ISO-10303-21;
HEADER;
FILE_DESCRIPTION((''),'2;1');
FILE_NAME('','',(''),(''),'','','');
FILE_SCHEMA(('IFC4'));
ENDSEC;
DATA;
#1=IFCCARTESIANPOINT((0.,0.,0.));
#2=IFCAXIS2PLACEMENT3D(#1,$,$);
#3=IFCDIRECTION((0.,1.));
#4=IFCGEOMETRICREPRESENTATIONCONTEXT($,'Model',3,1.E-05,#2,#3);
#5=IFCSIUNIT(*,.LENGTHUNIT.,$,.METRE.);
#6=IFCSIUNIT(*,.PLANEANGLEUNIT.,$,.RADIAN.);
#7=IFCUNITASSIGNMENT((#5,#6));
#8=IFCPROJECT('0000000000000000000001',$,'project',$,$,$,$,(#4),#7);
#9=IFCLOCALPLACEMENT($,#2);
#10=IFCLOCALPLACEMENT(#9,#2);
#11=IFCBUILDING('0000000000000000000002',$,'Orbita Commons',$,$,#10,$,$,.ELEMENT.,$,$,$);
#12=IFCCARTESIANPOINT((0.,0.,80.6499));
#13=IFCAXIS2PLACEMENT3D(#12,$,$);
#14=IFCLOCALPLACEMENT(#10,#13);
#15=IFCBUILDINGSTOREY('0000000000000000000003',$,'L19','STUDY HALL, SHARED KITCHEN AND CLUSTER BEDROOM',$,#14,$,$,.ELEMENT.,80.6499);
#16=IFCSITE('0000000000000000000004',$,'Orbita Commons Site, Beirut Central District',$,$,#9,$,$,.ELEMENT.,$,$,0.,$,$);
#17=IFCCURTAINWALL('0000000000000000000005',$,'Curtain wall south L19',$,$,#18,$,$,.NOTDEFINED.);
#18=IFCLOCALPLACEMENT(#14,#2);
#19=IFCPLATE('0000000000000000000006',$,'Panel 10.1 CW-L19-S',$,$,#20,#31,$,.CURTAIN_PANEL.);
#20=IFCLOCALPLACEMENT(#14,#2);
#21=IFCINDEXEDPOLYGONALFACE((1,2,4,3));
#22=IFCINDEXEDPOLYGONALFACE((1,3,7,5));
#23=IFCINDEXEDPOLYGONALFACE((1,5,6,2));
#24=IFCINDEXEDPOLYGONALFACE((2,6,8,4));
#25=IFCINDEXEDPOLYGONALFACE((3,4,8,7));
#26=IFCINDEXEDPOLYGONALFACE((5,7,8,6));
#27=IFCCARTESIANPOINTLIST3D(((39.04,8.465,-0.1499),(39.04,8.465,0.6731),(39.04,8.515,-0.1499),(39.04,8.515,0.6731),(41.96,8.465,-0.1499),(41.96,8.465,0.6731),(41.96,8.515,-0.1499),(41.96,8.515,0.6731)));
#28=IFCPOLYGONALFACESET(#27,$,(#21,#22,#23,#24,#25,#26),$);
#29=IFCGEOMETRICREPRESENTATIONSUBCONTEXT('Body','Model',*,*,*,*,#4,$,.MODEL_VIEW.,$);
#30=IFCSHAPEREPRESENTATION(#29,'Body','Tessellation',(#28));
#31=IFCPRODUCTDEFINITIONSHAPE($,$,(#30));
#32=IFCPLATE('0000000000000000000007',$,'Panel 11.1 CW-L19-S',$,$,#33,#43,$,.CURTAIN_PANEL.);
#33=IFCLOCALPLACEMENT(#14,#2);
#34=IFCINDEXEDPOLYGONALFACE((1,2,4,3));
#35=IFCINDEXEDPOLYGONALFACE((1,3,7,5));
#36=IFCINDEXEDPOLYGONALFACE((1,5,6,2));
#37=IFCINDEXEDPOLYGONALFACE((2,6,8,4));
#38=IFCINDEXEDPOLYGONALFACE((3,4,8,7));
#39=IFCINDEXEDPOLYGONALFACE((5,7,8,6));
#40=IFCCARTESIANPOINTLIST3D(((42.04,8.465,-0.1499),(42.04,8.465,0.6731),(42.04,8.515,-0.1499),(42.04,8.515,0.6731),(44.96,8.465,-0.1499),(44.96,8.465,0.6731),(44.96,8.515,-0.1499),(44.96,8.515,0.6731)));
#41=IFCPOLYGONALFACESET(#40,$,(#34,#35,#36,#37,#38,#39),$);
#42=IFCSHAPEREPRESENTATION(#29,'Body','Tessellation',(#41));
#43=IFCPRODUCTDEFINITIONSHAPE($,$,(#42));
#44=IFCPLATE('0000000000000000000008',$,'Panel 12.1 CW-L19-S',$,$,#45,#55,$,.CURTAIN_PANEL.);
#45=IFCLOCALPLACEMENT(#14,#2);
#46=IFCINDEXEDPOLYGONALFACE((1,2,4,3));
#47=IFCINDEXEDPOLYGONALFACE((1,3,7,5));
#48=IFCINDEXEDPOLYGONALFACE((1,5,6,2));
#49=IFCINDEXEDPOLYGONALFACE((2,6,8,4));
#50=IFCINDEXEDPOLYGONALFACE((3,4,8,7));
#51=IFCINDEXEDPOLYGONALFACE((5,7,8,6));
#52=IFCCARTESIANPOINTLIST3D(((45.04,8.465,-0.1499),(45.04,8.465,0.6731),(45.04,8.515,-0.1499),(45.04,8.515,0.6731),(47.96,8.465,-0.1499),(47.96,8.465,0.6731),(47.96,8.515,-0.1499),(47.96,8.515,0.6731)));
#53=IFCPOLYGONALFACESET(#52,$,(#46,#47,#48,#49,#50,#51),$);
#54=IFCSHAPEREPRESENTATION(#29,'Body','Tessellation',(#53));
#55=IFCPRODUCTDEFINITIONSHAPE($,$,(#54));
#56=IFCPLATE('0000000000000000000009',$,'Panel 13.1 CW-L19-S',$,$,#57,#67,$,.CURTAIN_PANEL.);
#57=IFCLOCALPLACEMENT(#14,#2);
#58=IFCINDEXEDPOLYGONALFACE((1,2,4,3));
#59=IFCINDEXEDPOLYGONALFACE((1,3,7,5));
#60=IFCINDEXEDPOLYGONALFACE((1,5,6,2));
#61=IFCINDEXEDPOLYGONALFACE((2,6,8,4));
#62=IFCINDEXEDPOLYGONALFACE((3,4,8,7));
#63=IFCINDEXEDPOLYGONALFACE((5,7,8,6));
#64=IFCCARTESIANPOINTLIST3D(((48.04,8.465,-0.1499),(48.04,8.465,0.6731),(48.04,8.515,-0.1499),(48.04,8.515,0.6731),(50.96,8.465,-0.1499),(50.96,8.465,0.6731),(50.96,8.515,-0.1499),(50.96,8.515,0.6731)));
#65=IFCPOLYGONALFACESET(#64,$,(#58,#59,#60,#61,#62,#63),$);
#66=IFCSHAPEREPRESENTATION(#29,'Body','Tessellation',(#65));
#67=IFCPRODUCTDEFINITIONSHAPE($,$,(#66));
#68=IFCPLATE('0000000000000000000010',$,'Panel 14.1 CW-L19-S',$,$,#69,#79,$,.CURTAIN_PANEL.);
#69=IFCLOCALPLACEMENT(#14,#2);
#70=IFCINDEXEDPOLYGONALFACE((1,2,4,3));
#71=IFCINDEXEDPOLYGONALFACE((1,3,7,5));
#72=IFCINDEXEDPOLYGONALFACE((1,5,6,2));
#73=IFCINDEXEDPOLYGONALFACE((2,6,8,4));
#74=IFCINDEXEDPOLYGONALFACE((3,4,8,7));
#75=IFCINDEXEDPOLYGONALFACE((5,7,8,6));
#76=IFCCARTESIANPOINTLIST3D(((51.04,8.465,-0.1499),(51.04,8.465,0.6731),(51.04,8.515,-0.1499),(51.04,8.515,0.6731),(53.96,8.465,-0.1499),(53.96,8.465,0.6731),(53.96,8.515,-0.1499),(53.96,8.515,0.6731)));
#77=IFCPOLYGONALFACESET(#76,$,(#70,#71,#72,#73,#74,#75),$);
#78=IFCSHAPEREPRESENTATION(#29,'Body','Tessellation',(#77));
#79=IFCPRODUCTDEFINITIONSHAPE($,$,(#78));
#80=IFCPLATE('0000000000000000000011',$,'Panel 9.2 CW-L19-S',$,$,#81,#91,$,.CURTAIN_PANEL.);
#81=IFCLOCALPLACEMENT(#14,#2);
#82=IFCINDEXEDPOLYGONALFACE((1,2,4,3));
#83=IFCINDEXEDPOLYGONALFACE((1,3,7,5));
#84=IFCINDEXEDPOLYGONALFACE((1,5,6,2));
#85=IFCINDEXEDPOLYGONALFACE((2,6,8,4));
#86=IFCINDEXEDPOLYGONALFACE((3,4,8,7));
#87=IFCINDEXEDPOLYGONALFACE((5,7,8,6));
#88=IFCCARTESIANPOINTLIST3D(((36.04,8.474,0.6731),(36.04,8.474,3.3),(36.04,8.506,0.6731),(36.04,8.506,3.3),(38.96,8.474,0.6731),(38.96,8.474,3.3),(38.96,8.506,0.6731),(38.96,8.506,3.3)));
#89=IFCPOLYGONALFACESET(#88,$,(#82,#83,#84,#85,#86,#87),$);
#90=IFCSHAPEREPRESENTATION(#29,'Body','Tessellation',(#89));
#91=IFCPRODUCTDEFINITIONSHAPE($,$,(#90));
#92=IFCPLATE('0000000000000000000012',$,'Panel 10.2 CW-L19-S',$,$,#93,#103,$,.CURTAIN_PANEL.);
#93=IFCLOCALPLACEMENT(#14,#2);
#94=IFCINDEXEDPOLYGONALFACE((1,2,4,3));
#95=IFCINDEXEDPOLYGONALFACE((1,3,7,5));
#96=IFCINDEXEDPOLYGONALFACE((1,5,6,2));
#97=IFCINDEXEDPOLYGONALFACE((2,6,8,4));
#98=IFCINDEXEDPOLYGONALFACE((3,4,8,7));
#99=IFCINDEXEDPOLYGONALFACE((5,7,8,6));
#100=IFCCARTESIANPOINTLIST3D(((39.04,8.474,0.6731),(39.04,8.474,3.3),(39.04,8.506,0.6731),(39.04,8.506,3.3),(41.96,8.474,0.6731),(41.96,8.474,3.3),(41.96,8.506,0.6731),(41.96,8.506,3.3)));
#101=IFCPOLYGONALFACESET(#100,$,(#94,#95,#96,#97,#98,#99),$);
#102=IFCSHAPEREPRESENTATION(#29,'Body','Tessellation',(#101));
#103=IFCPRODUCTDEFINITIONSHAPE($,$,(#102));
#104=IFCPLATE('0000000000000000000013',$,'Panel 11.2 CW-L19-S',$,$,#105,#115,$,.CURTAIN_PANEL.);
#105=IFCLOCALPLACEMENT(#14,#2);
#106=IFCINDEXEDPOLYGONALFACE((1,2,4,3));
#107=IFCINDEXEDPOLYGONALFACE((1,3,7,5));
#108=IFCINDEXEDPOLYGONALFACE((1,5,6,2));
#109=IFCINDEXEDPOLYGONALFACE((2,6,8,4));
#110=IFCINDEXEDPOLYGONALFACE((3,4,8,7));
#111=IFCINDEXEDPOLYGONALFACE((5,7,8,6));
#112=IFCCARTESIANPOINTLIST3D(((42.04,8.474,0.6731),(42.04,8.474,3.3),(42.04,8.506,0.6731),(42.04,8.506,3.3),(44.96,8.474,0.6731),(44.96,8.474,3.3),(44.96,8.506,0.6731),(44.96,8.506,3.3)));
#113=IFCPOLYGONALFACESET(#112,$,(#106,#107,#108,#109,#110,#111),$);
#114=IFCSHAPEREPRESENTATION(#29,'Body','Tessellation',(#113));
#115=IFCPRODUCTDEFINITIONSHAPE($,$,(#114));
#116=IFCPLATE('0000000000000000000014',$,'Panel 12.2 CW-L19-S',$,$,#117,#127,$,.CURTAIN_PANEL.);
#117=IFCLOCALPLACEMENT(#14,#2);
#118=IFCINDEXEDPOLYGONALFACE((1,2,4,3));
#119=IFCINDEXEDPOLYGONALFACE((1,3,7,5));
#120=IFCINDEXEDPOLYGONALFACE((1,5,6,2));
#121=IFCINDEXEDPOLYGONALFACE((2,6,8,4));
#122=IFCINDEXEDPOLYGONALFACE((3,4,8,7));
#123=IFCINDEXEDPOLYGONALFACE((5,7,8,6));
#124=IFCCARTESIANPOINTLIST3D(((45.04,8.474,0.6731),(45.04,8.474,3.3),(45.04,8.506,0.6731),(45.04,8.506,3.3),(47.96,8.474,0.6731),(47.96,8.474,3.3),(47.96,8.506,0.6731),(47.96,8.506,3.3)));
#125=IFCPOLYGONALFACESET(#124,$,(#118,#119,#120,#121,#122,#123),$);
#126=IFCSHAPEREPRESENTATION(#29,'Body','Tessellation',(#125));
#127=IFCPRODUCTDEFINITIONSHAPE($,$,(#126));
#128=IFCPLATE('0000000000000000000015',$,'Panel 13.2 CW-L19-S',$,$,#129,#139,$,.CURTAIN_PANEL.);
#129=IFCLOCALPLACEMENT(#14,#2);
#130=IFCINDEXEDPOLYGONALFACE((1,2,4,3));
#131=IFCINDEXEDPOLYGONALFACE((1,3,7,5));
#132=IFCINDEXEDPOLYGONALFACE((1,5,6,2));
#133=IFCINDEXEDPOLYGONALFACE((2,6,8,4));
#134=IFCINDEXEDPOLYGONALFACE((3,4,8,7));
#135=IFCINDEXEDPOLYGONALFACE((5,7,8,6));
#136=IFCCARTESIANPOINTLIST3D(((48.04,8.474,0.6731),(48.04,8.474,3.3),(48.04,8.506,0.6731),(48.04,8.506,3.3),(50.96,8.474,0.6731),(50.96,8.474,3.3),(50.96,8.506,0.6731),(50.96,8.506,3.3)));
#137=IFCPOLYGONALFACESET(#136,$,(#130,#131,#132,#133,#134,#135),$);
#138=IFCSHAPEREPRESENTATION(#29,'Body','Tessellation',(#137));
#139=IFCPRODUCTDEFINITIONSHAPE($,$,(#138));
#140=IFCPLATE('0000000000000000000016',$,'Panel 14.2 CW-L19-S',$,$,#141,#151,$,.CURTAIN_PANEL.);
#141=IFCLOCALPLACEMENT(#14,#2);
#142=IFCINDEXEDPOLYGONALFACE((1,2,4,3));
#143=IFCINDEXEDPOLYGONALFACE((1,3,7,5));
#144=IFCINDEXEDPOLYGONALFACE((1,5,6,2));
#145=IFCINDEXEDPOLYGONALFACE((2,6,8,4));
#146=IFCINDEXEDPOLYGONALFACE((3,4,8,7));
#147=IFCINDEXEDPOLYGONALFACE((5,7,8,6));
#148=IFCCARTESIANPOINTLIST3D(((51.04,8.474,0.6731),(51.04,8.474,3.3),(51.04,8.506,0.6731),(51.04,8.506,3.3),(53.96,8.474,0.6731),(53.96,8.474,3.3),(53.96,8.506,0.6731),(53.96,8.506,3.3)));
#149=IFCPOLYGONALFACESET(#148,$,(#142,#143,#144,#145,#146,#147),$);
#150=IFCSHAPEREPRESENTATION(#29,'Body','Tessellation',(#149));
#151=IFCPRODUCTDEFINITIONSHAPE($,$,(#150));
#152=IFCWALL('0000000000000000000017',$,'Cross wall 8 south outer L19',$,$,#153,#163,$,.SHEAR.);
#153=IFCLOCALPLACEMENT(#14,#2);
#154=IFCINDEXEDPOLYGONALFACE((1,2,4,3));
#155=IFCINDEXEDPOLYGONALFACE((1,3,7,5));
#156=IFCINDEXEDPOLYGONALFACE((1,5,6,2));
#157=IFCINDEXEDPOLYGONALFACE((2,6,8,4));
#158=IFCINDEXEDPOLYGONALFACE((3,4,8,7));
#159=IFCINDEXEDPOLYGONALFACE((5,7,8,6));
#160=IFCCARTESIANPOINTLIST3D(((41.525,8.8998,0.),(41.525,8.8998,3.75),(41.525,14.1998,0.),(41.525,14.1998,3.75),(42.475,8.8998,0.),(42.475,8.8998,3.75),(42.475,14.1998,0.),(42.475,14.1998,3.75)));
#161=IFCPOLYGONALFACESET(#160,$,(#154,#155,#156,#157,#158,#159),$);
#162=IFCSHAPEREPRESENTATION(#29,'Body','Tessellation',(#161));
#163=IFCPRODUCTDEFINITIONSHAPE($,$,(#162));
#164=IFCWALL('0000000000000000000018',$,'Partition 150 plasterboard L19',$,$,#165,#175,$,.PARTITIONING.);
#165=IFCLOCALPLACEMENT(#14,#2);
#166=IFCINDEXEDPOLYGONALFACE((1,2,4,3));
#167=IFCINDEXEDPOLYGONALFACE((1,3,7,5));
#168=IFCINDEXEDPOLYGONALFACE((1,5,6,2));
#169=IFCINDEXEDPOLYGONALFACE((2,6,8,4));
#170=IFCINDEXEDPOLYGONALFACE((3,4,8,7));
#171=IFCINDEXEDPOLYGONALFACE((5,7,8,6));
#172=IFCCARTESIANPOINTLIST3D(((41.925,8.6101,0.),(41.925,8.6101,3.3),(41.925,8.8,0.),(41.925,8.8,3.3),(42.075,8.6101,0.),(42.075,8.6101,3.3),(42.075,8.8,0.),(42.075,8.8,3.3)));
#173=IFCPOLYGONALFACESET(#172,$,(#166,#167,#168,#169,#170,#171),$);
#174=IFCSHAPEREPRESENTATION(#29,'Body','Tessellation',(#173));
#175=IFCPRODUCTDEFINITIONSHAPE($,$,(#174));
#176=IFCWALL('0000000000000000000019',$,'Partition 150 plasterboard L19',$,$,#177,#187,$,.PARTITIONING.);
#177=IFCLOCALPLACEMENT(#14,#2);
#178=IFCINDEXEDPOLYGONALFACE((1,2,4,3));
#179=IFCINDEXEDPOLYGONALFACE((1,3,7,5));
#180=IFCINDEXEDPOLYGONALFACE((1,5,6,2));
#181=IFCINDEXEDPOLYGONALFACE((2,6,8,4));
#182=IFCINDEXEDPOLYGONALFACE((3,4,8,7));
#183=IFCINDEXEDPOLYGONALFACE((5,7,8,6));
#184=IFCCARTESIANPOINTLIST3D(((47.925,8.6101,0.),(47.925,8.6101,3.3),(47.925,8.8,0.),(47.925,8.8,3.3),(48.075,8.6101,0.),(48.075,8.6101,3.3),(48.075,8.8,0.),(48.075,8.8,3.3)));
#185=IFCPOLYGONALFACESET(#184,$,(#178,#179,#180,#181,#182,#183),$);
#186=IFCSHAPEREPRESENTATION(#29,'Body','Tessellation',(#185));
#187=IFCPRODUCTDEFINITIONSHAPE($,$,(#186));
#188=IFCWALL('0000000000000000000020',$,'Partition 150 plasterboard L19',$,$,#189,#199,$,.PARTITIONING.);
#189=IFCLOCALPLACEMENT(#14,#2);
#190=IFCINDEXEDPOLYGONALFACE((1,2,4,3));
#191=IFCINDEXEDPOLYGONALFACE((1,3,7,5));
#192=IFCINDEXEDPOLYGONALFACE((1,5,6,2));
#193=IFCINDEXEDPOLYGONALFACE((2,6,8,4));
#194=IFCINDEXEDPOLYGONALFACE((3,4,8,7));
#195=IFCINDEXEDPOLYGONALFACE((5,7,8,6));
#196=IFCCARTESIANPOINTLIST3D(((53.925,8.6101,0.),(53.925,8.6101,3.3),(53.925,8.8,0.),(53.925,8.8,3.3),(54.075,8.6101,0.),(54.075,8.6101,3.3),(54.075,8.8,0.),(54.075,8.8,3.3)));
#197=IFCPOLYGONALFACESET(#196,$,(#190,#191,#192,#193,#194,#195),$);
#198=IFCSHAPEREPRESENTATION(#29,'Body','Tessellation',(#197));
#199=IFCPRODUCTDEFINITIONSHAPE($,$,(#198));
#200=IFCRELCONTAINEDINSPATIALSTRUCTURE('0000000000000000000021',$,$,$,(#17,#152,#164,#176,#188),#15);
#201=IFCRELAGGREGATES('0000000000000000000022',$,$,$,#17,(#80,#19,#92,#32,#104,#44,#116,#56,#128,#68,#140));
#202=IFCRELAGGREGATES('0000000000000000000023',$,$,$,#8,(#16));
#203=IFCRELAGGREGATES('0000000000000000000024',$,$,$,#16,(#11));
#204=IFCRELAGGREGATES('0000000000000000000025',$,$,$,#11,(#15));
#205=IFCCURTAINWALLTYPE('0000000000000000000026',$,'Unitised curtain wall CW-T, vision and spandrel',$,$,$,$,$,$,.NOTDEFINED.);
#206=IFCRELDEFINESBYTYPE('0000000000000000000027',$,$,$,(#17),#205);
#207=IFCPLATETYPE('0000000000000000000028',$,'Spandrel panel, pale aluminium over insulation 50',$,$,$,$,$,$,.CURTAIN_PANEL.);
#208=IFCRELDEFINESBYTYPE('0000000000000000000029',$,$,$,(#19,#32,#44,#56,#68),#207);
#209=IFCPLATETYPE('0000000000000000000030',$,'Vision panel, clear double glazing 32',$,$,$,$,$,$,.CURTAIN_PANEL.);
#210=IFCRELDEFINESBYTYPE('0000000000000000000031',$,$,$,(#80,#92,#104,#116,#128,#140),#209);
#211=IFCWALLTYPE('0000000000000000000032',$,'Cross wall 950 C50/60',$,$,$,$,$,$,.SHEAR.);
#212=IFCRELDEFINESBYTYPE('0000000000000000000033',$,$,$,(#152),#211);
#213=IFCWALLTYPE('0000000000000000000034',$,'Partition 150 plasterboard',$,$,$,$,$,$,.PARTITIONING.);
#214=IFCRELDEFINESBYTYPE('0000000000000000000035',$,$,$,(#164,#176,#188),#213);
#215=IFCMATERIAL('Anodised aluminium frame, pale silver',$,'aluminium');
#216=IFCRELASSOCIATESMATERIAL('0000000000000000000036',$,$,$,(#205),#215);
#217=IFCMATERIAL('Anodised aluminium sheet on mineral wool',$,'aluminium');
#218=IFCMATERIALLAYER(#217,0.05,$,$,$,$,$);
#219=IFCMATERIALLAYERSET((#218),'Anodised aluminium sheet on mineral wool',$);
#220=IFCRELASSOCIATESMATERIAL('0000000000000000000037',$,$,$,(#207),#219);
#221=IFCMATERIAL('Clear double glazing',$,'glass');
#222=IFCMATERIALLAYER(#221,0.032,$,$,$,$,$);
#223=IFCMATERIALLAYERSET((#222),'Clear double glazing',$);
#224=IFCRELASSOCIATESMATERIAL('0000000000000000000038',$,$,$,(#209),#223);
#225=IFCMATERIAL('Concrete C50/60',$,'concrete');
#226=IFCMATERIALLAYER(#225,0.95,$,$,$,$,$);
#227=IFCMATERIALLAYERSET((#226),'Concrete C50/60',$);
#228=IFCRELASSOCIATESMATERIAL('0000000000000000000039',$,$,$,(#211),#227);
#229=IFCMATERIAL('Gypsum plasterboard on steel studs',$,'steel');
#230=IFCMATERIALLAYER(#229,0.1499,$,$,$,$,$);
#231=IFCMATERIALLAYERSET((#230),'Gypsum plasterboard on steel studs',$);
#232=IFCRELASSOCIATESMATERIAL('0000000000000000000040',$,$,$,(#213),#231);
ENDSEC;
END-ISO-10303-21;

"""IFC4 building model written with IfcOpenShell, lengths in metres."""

from ifc_helpers import new_model, si_unit, direction, frame, frame_2d, origin, origin_2d, place, context, subcontext, project, spatial, rectangle, extrude, material, layer, layer_set, type_object, element, aggregate, save


model = new_model("IFC4")

# Units and contexts
model_context = context("Model", 3, precision=1e-05, world=origin(), true_north=direction((0.0, 1.0)))
body_context = subcontext(model_context, "Body", "Model", "MODEL_VIEW")
ifc_project = project(units=[si_unit("LENGTHUNIT", "METRE"), si_unit("PLANEANGLEUNIT", "RADIAN")], contexts=[model_context])

# Site, building, storey
site_placement = place(None, origin())
site = spatial("IfcSite", under=ifc_project, at=site_placement, Name="Orbita Commons Site, Beirut Central District", CompositionType="ELEMENT", RefElevation=0.0)
building_placement = place(site_placement, origin())
building = spatial("IfcBuilding", under=site, at=building_placement, Name="Orbita Commons", CompositionType="ELEMENT")
storey_placement = place(building_placement, frame((0.0, 0.0, 80.6499)))
storey = spatial("IfcBuildingStorey", under=building, at=storey_placement, Name="L19", Description="STUDY HALL, SHARED KITCHEN AND CLUSTER BEDROOM", CompositionType="ELEMENT", Elevation=80.6499)

# Curtain wall, plates
ifc_material_1 = material(Name="Anodised aluminium frame, pale silver", Category="aluminium")
curtain_wall_type = type_object("IfcCurtainWallType", Name="Unitised curtain wall CW-T, vision and spandrel", PredefinedType="NOTDEFINED", material=ifc_material_1)
curtain_wall_placement = place(storey_placement, origin())
curtain_wall = element("IfcCurtainWall", 1, at=curtain_wall_placement, inside=storey, type_object=curtain_wall_type, Name="Curtain wall south L19", PredefinedType="NOTDEFINED")
ifc_material_2 = material(Name="Anodised aluminium sheet on mineral wool", Category="aluminium")
ifc_layer_1 = layer(ifc_material_2, 0.05)
ifc_layer_set_1 = layer_set([ifc_layer_1], Name="Anodised aluminium sheet on mineral wool")
plate_type_1 = type_object("IfcPlateType", Name="Spandrel panel, pale aluminium over insulation 50", PredefinedType="CURTAIN_PANEL", material=ifc_layer_set_1)
plate_1_placement = place(storey_placement, frame((40.5, 8.49, -0.1499), z_axis=(0.0, 0.0, 1.0), x_axis=(1.0, 0.0, 0.0)))
plate_1 = element("IfcPlate", 2, at=plate_1_placement, type_object=plate_type_1, Name="Panel 10.1 CW-L19-S", PredefinedType="CURTAIN_PANEL", context=body_context, shape_type="SweptSolid", body=[
    extrude(rectangle(XDim=2.9199, YDim=0.05, at=origin_2d()), origin(), (0.0, 0.0, 1.0), 0.823),
])
plate_2_placement = place(storey_placement, frame((43.5, 8.49, -0.1499), z_axis=(0.0, 0.0, 1.0), x_axis=(1.0, 0.0, 0.0)))
plate_2 = element("IfcPlate", 3, at=plate_2_placement, type_object=plate_type_1, Name="Panel 11.1 CW-L19-S", PredefinedType="CURTAIN_PANEL", context=body_context, shape_type="SweptSolid", body=[
    extrude(rectangle(XDim=2.9199, YDim=0.05, at=origin_2d()), origin(), (0.0, 0.0, 1.0), 0.823),
])
plate_3_placement = place(storey_placement, frame((46.5, 8.49, -0.1499), z_axis=(0.0, 0.0, 1.0), x_axis=(1.0, 0.0, 0.0)))
plate_3 = element("IfcPlate", 4, at=plate_3_placement, type_object=plate_type_1, Name="Panel 12.1 CW-L19-S", PredefinedType="CURTAIN_PANEL", context=body_context, shape_type="SweptSolid", body=[
    extrude(rectangle(XDim=2.9199, YDim=0.05, at=origin_2d()), origin(), (0.0, 0.0, 1.0), 0.823),
])
plate_4_placement = place(storey_placement, frame((49.5, 8.49, -0.1499), z_axis=(0.0, 0.0, 1.0), x_axis=(1.0, 0.0, 0.0)))
plate_4 = element("IfcPlate", 5, at=plate_4_placement, type_object=plate_type_1, Name="Panel 13.1 CW-L19-S", PredefinedType="CURTAIN_PANEL", context=body_context, shape_type="SweptSolid", body=[
    extrude(rectangle(XDim=2.9199, YDim=0.05, at=origin_2d()), origin(), (0.0, 0.0, 1.0), 0.823),
])
plate_5_placement = place(storey_placement, frame((52.5, 8.49, -0.1499), z_axis=(0.0, 0.0, 1.0), x_axis=(1.0, 0.0, 0.0)))
plate_5 = element("IfcPlate", 6, at=plate_5_placement, type_object=plate_type_1, Name="Panel 14.1 CW-L19-S", PredefinedType="CURTAIN_PANEL", context=body_context, shape_type="SweptSolid", body=[
    extrude(rectangle(XDim=2.9199, YDim=0.05, at=origin_2d()), origin(), (0.0, 0.0, 1.0), 0.823),
])
ifc_material_3 = material(Name="Clear double glazing", Category="glass")
ifc_layer_2 = layer(ifc_material_3, 0.032)
ifc_layer_set_2 = layer_set([ifc_layer_2], Name="Clear double glazing")
plate_type_2 = type_object("IfcPlateType", Name="Vision panel, clear double glazing 32", PredefinedType="CURTAIN_PANEL", material=ifc_layer_set_2)
plate_6_placement = place(storey_placement, frame((37.5, 8.49, 0.6731), z_axis=(0.0, 0.0, 1.0), x_axis=(1.0, 0.0, 0.0)))
plate_6 = element("IfcPlate", 7, at=plate_6_placement, type_object=plate_type_2, Name="Panel 9.2 CW-L19-S", PredefinedType="CURTAIN_PANEL", context=body_context, shape_type="SweptSolid", body=[
    extrude(rectangle(XDim=2.9199, YDim=0.032, at=origin_2d()), origin(), (0.0, 0.0, 1.0), 2.627),
])
plate_7_placement = place(storey_placement, frame((40.5, 8.49, 0.6731), z_axis=(0.0, 0.0, 1.0), x_axis=(1.0, 0.0, 0.0)))
plate_7 = element("IfcPlate", 8, at=plate_7_placement, type_object=plate_type_2, Name="Panel 10.2 CW-L19-S", PredefinedType="CURTAIN_PANEL", context=body_context, shape_type="SweptSolid", body=[
    extrude(rectangle(XDim=2.9199, YDim=0.032, at=origin_2d()), origin(), (0.0, 0.0, 1.0), 2.627),
])
plate_8_placement = place(storey_placement, frame((43.5, 8.49, 0.6731), z_axis=(0.0, 0.0, 1.0), x_axis=(1.0, 0.0, 0.0)))
plate_8 = element("IfcPlate", 9, at=plate_8_placement, type_object=plate_type_2, Name="Panel 11.2 CW-L19-S", PredefinedType="CURTAIN_PANEL", context=body_context, shape_type="SweptSolid", body=[
    extrude(rectangle(XDim=2.9199, YDim=0.032, at=origin_2d()), origin(), (0.0, 0.0, 1.0), 2.627),
])
plate_9_placement = place(storey_placement, frame((46.5, 8.49, 0.6731), z_axis=(0.0, 0.0, 1.0), x_axis=(1.0, 0.0, 0.0)))
plate_9 = element("IfcPlate", 10, at=plate_9_placement, type_object=plate_type_2, Name="Panel 12.2 CW-L19-S", PredefinedType="CURTAIN_PANEL", context=body_context, shape_type="SweptSolid", body=[
    extrude(rectangle(XDim=2.9199, YDim=0.032, at=origin_2d()), origin(), (0.0, 0.0, 1.0), 2.627),
])
plate_10_placement = place(storey_placement, frame((49.5, 8.49, 0.6731), z_axis=(0.0, 0.0, 1.0), x_axis=(1.0, 0.0, 0.0)))
plate_10 = element("IfcPlate", 11, at=plate_10_placement, type_object=plate_type_2, Name="Panel 13.2 CW-L19-S", PredefinedType="CURTAIN_PANEL", context=body_context, shape_type="SweptSolid", body=[
    extrude(rectangle(XDim=2.9199, YDim=0.032, at=origin_2d()), origin(), (0.0, 0.0, 1.0), 2.627),
])
plate_11_placement = place(storey_placement, frame((52.5, 8.49, 0.6731), z_axis=(0.0, 0.0, 1.0), x_axis=(1.0, 0.0, 0.0)))
plate_11 = element("IfcPlate", 12, at=plate_11_placement, type_object=plate_type_2, Name="Panel 14.2 CW-L19-S", PredefinedType="CURTAIN_PANEL", context=body_context, shape_type="SweptSolid", body=[
    extrude(rectangle(XDim=2.9199, YDim=0.032, at=origin_2d()), origin(), (0.0, 0.0, 1.0), 2.627),
])
aggregate(curtain_wall, [plate_6, plate_1, plate_7, plate_2, plate_8, plate_3, plate_9, plate_4, plate_10, plate_5, plate_11])

# Walls
ifc_material_4 = material(Name="Concrete C50/60", Category="concrete")
ifc_layer_3 = layer(ifc_material_4, 0.95)
ifc_layer_set_3 = layer_set([ifc_layer_3], Name="Concrete C50/60")
wall_type_1 = type_object("IfcWallType", Name="Cross wall 950 C50/60", PredefinedType="SHEAR", material=ifc_layer_set_3)
wall_1_placement = place(storey_placement, frame((42.0, 8.8999, 0.0), z_axis=(0.0, 0.0, 1.0), x_axis=(0.0, 1.0, 0.0)))
element("IfcWall", 13, at=wall_1_placement, inside=storey, type_object=wall_type_1, Name="Cross wall 8 south outer L19", PredefinedType="SHEAR", context=body_context, shape_type="SweptSolid", body=[
    extrude(rectangle(XDim=5.3, YDim=0.95, at=frame_2d((2.6499, 0.0))), origin(), (0.0, 0.0, 1.0), 3.75),
])
ifc_material_5 = material(Name="Gypsum plasterboard on steel studs", Category="steel")
ifc_layer_4 = layer(ifc_material_5, 0.1499)
ifc_layer_set_4 = layer_set([ifc_layer_4], Name="Gypsum plasterboard on steel studs")
wall_type_2 = type_object("IfcWallType", Name="Partition 150 plasterboard", PredefinedType="PARTITIONING", material=ifc_layer_set_4)
for number, where, z_axis, x_axis, name in (
    (14, (42.0, 8.8, 0.0), (0.0, 0.0, 1.0), (0.0, -1.0, 0.0), "Partition 150 plasterboard L19"),
    (15, (48.0, 8.8, 0.0), (0.0, 0.0, 1.0), (0.0, -1.0, 0.0), "Partition 150 plasterboard L19"),
    (16, (54.0, 8.8, 0.0), (0.0, 0.0, 1.0), (0.0, -1.0, 0.0), "Partition 150 plasterboard L19"),
):
    element("IfcWall", number, at=place(storey_placement, frame(where, z_axis=z_axis, x_axis=x_axis)), inside=storey, type_object=wall_type_2, Name=name, PredefinedType="PARTITIONING", context=body_context, shape_type="SweptSolid", body=[
        extrude(rectangle(XDim=0.1899, YDim=0.1499, at=frame_2d((0.095, 0.0))), origin(), (0.0, 0.0, 1.0), 3.3),
    ])

save(model, "model.ifc")
